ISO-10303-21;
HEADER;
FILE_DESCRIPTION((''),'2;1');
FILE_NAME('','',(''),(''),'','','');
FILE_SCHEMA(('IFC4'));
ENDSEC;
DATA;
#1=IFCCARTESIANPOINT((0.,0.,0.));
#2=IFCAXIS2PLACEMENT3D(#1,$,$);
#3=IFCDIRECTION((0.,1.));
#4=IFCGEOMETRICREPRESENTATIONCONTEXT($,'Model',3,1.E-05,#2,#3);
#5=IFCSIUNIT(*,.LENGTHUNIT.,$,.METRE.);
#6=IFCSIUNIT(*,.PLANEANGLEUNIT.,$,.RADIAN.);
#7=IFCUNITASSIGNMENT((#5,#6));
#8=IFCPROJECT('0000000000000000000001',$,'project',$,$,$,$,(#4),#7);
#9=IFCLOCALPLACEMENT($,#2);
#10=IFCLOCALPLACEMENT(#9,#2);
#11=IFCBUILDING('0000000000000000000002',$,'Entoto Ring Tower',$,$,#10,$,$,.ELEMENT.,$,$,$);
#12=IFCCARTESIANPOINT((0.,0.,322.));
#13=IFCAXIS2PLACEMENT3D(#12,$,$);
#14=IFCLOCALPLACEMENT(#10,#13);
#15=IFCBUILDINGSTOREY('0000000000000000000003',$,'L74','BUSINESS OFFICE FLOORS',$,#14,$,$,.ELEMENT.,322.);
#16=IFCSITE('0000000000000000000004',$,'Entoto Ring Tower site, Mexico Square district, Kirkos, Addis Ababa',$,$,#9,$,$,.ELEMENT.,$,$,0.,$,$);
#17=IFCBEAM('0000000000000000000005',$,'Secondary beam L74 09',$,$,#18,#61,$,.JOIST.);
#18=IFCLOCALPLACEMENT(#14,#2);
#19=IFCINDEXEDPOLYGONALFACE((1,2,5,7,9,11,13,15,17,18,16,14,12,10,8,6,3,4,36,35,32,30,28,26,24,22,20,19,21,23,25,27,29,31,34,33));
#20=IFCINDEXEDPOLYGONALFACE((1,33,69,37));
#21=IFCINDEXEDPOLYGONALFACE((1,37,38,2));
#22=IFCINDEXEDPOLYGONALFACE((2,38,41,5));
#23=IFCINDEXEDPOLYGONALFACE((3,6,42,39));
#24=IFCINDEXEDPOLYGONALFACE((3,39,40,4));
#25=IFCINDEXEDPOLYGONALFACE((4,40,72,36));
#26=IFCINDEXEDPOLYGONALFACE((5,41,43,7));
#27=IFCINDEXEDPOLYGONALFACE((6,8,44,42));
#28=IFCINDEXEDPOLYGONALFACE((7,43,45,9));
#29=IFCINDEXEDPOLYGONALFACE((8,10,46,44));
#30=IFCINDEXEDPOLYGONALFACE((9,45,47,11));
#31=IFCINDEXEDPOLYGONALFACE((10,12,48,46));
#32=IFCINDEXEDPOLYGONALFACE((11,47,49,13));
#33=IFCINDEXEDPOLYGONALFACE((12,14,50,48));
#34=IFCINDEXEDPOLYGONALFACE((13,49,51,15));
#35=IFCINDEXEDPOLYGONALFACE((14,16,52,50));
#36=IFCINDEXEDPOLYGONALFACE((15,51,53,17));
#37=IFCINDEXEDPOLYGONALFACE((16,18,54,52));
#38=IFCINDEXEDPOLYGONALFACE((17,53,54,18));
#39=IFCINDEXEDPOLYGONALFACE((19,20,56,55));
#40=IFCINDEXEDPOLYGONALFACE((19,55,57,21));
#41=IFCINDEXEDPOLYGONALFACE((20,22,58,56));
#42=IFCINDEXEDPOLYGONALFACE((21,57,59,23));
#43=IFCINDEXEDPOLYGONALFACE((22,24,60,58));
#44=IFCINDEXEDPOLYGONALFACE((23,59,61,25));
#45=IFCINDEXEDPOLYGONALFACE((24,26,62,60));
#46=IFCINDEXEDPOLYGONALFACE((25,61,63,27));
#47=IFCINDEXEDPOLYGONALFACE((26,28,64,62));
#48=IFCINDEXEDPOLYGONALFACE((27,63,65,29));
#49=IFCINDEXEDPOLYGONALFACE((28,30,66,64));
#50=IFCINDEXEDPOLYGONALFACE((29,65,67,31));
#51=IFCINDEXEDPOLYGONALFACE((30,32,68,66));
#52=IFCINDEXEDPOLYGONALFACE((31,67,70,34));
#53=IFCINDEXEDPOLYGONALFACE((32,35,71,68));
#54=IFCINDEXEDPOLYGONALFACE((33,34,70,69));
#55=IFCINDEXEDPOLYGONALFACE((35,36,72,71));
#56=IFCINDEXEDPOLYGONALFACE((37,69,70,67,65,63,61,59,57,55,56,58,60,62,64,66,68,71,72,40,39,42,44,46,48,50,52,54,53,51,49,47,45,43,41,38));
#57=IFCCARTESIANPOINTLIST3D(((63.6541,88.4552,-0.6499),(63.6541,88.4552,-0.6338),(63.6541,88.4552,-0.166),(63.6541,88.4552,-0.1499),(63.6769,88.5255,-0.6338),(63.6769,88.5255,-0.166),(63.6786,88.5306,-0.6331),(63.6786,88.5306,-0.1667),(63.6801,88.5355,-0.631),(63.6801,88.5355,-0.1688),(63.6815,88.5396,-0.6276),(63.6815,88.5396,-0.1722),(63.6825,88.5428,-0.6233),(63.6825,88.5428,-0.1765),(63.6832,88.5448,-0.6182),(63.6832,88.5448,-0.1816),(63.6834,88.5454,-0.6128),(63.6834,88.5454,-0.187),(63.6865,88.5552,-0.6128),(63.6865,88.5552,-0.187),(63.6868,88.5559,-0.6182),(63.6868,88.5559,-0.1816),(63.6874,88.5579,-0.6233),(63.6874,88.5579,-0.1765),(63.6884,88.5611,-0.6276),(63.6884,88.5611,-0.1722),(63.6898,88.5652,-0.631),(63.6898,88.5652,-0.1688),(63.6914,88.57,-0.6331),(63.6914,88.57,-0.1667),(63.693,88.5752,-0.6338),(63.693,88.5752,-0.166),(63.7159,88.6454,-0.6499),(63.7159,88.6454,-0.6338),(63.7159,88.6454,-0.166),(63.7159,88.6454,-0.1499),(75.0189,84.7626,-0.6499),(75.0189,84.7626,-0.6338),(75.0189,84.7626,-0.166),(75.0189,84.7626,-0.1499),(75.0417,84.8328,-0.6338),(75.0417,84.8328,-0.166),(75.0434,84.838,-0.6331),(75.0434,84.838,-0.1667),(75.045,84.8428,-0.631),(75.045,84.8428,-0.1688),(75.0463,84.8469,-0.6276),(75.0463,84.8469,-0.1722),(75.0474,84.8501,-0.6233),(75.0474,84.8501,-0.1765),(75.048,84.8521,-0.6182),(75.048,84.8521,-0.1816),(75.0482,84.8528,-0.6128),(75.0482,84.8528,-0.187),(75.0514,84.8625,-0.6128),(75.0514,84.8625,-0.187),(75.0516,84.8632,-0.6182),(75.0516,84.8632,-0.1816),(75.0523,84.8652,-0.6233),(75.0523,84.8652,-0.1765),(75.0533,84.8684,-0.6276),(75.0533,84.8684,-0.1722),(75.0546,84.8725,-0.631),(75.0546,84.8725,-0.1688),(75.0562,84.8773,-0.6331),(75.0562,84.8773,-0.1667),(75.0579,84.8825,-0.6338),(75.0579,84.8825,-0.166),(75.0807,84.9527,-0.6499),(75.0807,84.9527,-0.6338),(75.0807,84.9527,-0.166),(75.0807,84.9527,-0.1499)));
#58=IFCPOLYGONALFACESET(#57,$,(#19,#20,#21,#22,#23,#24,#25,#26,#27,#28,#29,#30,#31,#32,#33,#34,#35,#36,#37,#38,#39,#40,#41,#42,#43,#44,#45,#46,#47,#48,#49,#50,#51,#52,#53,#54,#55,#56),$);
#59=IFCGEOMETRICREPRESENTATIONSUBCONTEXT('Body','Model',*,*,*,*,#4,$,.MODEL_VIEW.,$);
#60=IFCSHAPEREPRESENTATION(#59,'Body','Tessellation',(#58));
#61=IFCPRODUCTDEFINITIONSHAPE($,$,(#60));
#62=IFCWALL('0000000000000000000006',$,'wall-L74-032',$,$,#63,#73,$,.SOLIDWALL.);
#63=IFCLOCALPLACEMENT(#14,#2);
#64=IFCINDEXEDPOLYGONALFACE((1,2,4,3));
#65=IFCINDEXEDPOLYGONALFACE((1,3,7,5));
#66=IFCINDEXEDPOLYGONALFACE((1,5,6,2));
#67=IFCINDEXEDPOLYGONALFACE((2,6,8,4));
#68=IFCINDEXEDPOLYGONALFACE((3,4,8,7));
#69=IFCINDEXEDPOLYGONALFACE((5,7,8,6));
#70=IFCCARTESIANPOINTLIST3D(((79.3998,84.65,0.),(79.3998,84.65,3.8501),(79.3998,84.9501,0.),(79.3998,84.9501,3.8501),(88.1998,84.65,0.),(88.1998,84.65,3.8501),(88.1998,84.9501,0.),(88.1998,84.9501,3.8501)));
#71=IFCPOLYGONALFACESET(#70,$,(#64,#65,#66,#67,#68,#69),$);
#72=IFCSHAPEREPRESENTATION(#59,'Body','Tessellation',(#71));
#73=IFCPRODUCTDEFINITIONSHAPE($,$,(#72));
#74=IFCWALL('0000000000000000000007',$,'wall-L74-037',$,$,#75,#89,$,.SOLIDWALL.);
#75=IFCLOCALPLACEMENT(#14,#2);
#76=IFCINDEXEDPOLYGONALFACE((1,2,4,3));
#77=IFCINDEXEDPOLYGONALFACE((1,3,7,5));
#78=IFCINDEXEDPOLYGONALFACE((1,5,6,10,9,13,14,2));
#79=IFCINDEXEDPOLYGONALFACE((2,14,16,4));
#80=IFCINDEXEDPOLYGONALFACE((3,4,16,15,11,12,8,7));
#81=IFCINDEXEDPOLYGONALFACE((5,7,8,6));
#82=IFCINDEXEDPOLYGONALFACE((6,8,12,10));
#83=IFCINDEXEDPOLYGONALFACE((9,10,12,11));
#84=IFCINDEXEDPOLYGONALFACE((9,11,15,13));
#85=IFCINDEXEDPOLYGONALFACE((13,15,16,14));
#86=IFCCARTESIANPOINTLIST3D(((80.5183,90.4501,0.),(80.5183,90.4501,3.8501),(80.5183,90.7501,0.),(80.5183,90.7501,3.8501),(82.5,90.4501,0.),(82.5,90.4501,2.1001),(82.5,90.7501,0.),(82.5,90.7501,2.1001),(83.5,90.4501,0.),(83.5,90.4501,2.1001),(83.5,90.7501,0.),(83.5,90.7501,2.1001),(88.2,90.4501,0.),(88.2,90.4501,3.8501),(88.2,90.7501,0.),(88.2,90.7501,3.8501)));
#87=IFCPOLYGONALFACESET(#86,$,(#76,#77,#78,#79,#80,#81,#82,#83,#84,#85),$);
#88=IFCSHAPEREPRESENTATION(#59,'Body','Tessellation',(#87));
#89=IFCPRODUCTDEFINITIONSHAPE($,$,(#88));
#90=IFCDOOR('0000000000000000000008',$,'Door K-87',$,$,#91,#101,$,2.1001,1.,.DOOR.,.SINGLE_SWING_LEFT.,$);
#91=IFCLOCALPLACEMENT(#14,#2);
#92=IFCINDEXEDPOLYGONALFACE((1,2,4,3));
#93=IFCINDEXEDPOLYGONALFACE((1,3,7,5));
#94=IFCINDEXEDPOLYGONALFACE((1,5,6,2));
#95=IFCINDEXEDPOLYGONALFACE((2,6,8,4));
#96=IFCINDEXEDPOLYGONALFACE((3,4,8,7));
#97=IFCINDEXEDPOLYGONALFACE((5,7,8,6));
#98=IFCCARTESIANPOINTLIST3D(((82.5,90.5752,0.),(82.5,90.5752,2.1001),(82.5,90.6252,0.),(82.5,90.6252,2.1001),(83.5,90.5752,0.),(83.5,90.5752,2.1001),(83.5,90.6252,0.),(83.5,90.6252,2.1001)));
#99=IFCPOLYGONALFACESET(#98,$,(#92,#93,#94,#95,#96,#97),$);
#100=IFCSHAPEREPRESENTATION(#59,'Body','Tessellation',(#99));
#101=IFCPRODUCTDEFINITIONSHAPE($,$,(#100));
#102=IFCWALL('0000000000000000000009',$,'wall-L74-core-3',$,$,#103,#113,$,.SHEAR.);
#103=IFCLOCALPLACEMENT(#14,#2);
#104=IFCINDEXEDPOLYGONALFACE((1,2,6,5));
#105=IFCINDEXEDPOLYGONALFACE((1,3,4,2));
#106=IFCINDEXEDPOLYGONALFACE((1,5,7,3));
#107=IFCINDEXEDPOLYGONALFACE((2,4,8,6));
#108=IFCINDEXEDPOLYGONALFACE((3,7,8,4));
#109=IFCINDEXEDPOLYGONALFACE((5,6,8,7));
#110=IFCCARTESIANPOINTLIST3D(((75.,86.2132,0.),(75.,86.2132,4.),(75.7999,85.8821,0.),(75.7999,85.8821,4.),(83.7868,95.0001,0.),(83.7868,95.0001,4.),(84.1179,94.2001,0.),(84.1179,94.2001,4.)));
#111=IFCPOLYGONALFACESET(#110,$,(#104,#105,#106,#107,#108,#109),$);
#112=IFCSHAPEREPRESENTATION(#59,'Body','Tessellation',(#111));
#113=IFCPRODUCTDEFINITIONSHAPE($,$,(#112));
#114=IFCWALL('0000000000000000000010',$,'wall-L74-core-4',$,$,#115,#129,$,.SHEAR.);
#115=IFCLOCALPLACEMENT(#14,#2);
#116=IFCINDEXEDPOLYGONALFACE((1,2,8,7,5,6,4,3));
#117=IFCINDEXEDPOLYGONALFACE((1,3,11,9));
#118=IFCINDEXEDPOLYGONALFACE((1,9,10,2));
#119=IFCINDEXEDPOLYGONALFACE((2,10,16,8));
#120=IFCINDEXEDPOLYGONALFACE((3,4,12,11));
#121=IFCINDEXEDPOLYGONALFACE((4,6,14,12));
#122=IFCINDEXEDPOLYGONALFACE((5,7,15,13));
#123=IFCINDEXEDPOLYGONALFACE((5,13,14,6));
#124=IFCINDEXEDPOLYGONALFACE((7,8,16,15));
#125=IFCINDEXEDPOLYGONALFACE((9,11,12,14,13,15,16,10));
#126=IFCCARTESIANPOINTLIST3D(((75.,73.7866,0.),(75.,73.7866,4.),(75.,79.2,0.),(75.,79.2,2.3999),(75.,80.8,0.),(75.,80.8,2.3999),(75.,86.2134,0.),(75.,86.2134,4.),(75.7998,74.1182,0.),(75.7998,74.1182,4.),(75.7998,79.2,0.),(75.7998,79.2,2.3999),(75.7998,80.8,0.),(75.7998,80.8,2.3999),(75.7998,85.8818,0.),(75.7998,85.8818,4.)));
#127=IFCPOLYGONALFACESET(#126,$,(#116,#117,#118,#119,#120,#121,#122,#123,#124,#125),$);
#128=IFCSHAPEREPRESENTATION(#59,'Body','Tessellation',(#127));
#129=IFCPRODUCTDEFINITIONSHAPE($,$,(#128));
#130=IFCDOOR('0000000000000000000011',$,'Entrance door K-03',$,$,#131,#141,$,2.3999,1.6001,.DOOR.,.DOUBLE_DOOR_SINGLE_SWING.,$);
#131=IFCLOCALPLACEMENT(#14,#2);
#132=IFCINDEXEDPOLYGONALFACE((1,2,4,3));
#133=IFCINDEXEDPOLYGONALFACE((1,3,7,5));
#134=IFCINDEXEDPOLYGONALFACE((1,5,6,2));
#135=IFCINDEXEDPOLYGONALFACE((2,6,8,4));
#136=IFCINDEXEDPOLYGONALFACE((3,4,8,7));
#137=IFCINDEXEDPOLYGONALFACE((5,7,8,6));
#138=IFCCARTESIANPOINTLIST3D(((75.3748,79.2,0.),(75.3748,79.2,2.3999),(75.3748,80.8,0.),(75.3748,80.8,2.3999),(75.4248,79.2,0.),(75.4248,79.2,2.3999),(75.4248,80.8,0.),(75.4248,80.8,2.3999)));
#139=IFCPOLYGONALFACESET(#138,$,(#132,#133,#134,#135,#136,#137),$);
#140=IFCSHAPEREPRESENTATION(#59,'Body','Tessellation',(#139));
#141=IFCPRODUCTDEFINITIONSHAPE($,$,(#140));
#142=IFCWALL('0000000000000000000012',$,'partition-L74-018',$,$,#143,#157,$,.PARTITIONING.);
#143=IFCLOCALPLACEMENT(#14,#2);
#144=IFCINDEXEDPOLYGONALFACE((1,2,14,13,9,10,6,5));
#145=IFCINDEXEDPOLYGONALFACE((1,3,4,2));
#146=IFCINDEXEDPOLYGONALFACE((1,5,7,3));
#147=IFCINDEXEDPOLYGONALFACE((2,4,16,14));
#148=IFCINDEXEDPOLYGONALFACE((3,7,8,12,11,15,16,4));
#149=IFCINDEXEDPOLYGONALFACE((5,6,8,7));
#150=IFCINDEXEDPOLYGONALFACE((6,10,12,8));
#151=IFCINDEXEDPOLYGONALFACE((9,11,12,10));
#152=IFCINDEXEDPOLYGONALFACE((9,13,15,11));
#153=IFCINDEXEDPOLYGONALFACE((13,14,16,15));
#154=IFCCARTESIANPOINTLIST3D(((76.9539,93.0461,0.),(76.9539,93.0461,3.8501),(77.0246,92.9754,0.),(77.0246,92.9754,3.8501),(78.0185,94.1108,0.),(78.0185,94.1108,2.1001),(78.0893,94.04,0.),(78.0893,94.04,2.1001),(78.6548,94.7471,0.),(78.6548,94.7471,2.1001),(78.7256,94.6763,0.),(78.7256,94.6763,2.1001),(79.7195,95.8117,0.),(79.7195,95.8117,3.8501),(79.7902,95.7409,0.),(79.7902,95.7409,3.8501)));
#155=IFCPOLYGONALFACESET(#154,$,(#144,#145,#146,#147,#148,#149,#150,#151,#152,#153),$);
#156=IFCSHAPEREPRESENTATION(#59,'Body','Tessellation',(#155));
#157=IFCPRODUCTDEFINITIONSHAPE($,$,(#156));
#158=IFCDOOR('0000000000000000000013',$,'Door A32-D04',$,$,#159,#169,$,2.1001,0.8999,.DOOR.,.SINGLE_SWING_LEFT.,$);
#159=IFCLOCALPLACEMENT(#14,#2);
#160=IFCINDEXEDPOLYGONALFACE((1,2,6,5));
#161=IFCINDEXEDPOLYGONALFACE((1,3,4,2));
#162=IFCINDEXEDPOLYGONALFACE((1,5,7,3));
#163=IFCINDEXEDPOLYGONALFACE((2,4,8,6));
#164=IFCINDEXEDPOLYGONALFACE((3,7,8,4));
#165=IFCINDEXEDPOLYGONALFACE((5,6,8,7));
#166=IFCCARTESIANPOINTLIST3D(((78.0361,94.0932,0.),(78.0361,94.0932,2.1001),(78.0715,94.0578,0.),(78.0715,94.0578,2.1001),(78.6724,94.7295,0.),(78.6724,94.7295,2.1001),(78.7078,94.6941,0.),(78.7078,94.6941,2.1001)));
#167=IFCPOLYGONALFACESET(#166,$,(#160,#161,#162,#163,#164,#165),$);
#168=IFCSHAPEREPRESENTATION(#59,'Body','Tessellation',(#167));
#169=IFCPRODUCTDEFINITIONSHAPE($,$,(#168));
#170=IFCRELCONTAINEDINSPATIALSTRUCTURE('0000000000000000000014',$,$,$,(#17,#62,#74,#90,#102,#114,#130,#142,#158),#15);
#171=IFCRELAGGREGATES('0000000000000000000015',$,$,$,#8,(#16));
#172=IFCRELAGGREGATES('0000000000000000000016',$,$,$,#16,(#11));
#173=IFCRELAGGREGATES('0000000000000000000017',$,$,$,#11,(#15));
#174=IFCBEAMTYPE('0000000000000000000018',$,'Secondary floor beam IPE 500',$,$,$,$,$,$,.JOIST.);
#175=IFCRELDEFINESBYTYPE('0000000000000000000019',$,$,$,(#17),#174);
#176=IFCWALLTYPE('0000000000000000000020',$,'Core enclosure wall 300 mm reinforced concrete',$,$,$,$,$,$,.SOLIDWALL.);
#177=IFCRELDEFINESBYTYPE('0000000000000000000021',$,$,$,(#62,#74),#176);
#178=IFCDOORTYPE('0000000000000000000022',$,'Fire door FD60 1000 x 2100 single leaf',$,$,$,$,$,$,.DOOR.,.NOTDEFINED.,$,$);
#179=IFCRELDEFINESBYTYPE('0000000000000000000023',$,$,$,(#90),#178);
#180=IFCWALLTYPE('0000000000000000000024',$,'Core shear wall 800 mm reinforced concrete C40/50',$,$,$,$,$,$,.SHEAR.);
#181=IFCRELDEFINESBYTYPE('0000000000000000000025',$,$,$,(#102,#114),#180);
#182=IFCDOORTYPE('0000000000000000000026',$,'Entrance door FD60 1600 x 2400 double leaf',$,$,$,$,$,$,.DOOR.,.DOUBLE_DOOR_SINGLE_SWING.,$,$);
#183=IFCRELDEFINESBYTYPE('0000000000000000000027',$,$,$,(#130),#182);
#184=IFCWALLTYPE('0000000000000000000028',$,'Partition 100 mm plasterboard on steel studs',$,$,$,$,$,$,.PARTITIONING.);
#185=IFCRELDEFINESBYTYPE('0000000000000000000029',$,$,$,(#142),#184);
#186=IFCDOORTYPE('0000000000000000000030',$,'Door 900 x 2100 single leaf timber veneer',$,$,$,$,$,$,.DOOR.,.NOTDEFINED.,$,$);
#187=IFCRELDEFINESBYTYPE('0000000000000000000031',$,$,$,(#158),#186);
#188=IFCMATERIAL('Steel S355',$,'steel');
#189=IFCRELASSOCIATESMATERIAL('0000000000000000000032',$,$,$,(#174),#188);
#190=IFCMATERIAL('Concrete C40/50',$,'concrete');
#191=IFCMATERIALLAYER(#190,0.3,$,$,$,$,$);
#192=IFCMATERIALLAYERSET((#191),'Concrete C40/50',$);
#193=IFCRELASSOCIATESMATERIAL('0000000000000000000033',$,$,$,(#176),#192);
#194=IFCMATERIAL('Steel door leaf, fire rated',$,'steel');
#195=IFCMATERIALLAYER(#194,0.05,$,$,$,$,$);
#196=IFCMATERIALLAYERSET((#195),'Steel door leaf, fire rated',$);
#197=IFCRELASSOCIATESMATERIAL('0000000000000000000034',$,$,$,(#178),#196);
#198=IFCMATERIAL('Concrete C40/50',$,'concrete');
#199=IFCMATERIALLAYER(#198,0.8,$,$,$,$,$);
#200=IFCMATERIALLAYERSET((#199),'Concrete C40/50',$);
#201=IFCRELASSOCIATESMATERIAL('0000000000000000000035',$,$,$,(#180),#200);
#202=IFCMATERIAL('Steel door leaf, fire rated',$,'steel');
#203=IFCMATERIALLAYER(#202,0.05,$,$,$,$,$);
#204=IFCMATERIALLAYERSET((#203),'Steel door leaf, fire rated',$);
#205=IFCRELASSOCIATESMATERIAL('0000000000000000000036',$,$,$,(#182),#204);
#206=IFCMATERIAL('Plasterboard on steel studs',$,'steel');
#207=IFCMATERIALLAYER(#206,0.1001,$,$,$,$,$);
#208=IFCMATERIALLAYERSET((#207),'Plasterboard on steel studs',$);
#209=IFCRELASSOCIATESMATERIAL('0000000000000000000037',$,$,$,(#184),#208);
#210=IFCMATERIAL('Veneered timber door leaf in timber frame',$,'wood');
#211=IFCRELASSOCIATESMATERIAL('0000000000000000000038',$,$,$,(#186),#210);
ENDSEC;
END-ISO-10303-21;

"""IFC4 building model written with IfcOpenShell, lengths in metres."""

from ifc_helpers import new_model, si_unit, direction, frame, frame_2d, origin, origin_2d, place, context, subcontext, project, spatial, polyline, rectangle, i_section, outline, extrude, material, layer, layer_set, material_profile, profile_set, type_object, element, fill, save


model = new_model("IFC4")

# Units and contexts
model_context = context("Model", 3, precision=1e-05, world=origin(), true_north=direction((0.0, 1.0)))
body_context = subcontext(model_context, "Body", "Model", "MODEL_VIEW")
ifc_project = project(units=[si_unit("LENGTHUNIT", "METRE"), si_unit("PLANEANGLEUNIT", "RADIAN")], contexts=[model_context])

# Site, building, storey
site_placement = place(None, origin())
site = spatial("IfcSite", under=ifc_project, at=site_placement, Name="Entoto Ring Tower site, Mexico Square district, Kirkos, Addis Ababa", CompositionType="ELEMENT", RefElevation=0.0)
building_placement = place(site_placement, origin())
building = spatial("IfcBuilding", under=site, at=building_placement, Name="Entoto Ring Tower", CompositionType="ELEMENT")
storey_placement = place(building_placement, frame((0.0, 0.0, 322.0)))
storey = spatial("IfcBuildingStorey", under=building, at=storey_placement, Name="L74", Description="BUSINESS OFFICE FLOORS", CompositionType="ELEMENT", Elevation=322.0)

# Beam
ifc_material_1 = material(Name="Steel S355", Category="steel")
ifc_material_profile_1 = material_profile(ifc_material_1, i_section(OverallWidth=0.2, OverallDepth=0.5, WebThickness=0.0103, FlangeThickness=0.0161, FilletRadius=0.021, at=origin_2d()), Name="IPE 500")
ifc_profile_set_1 = profile_set([ifc_material_profile_1], Name="Steel S355")
beam_type_1 = type_object("IfcBeamType", Name="Secondary floor beam IPE 500", PredefinedType="JOIST", material=ifc_profile_set_1)
beam_1_placement = place(storey_placement, frame((75.0498, 84.8577, -0.3999), z_axis=(-0.951057, 0.309017, 0.0), x_axis=(-0.309017, -0.951057, 0.0)))
element("IfcBeam", 1, at=beam_1_placement, inside=storey, type_object=beam_type_1, Name="Secondary beam L74 09", PredefinedType="JOIST", context=body_context, shape_type="SweptSolid", body=[
    extrude(i_section(OverallWidth=0.2, OverallDepth=0.5, WebThickness=0.0103, FlangeThickness=0.0161, FilletRadius=0.021, at=origin_2d()), origin(), (0.0, 0.0, 1.0), 11.9497),
])

# Wall
ifc_material_2 = material(Name="Concrete C40/50", Category="concrete")
ifc_layer_1 = layer(ifc_material_2, 0.3)
ifc_layer_set_1 = layer_set([ifc_layer_1], Name="Concrete C40/50")
wall_type_1 = type_object("IfcWallType", Name="Core enclosure wall 300 mm reinforced concrete", PredefinedType="SOLIDWALL", material=ifc_layer_set_1)
wall_1_placement = place(storey_placement, frame((79.3999, 84.8, 0.0), z_axis=(0.0, 0.0, 1.0), x_axis=(1.0, 0.0, 0.0)))
element("IfcWall", 2, at=wall_1_placement, inside=storey, type_object=wall_type_1, Name="wall-L74-032", PredefinedType="SOLIDWALL", context=body_context, shape_type="SweptSolid", body=[
    extrude(rectangle(XDim=8.8, YDim=0.3, at=frame_2d((4.3999, 0.0))), origin(), (0.0, 0.0, 1.0), 3.8501),
])

# Wall, opening, door
wall_2_placement = place(storey_placement, frame((80.5183, 90.6001, 0.0), z_axis=(0.0, 0.0, 1.0), x_axis=(1.0, 0.0, 0.0)))
wall_2 = element("IfcWall", 3, at=wall_2_placement, inside=storey, type_object=wall_type_1, Name="wall-L74-037", PredefinedType="SOLIDWALL", context=body_context, shape_type="SweptSolid", body=[
    extrude(rectangle(XDim=7.6816, YDim=0.3, at=frame_2d((3.8408, 0.0))), origin(), (0.0, 0.0, 1.0), 3.8501),
])
opening_1_placement = place(wall_2_placement, frame((1.9817, 0.0, 0.0)))
opening_1 = element("IfcOpeningElement", 4, at=opening_1_placement, cuts=wall_2, PredefinedType="OPENING", context=body_context, shape_type="SweptSolid", body=[
    extrude(rectangle(XDim=1.0, YDim=2.1001, at=frame_2d((0.5, 1.05))), frame((0.0, 0.1602, 0.0), z_axis=(0.0, -1.0, 0.0), x_axis=(1.0, 0.0, 0.0)), (0.0, 0.0, 1.0), 0.3201),
])
ifc_material_3 = material(Name="Steel door leaf, fire rated", Category="steel")
ifc_layer_2 = layer(ifc_material_3, 0.05)
ifc_layer_set_2 = layer_set([ifc_layer_2], Name="Steel door leaf, fire rated")
door_type_1 = type_object("IfcDoorType", Name="Fire door FD60 1000 x 2100 single leaf", OperationType="NOTDEFINED", PredefinedType="DOOR", material=ifc_layer_set_2)
door_1_placement = place(opening_1_placement, frame((1.0, 0.0, 0.0), z_axis=(0.0, 0.0, 1.0), x_axis=(-1.0, 0.0, 0.0)))
door_1 = element("IfcDoor", 5, at=door_1_placement, inside=storey, type_object=door_type_1, Name="Door K-87", OperationType="SINGLE_SWING_LEFT", OverallHeight=2.1001, OverallWidth=1.0, PredefinedType="DOOR", context=body_context, shape_type="SweptSolid", body=[
    extrude(rectangle(XDim=1.0, YDim=2.1001, at=frame_2d((0.5, 1.05))), frame((0.0, 0.0249, 0.0), z_axis=(0.0, -1.0, 0.0), x_axis=(1.0, 0.0, 0.0)), (0.0, 0.0, 1.0), 0.05),
])
fill(opening_1, door_1)

# Wall
ifc_material_4 = material(Name="Concrete C40/50", Category="concrete")
ifc_layer_3 = layer(ifc_material_4, 0.8)
ifc_layer_set_3 = layer_set([ifc_layer_3], Name="Concrete C40/50")
wall_type_2 = type_object("IfcWallType", Name="Core shear wall 800 mm reinforced concrete C40/50", PredefinedType="SHEAR", material=ifc_layer_set_3)
wall_3_placement = place(storey_placement, frame((83.9524, 94.6001, 0.0), z_axis=(0.0, 0.0, 1.0), x_axis=(-0.707107, -0.707107, 0.0)))
element("IfcWall", 6, at=wall_3_placement, inside=storey, type_object=wall_type_2, Name="wall-L74-core-3", PredefinedType="SHEAR", context=body_context, shape_type="SweptSolid", body=[
    extrude(outline(polyline([(-0.1658, -0.3999), (12.2607, -0.3999), (11.9292, 0.3999), (0.1658, 0.3999), (-0.1658, -0.3999)])), origin(), (0.0, 0.0, 1.0), 4.0),
])

# Walls, openings, doors
wall_4_placement = place(storey_placement, frame((75.3999, 86.0476, 0.0), z_axis=(0.0, 0.0, 1.0), x_axis=(0.0, -1.0, 0.0)))
wall_4 = element("IfcWall", 7, at=wall_4_placement, inside=storey, type_object=wall_type_2, Name="wall-L74-core-4", PredefinedType="SHEAR", context=body_context, shape_type="SweptSolid", body=[
    extrude(outline(polyline([(-0.1658, -0.3999), (12.261, -0.3999), (11.9294, 0.3999), (0.1658, 0.3999), (-0.1658, -0.3999)])), origin(), (0.0, 0.0, 1.0), 4.0),
])
opening_2_placement = place(wall_4_placement, frame((5.2476, 0.0, 0.0)))
opening_2 = element("IfcOpeningElement", 8, at=opening_2_placement, cuts=wall_4, PredefinedType="OPENING", context=body_context, shape_type="SweptSolid", body=[
    extrude(rectangle(XDim=1.6001, YDim=2.3999, at=frame_2d((0.8, 1.2))), frame((0.0, 0.4102, 0.0), z_axis=(0.0, -1.0, 0.0), x_axis=(1.0, 0.0, 0.0)), (0.0, 0.0, 1.0), 0.8201),
])
ifc_material_5 = material(Name="Steel door leaf, fire rated", Category="steel")
ifc_layer_4 = layer(ifc_material_5, 0.05)
ifc_layer_set_4 = layer_set([ifc_layer_4], Name="Steel door leaf, fire rated")
door_type_2 = type_object("IfcDoorType", Name="Entrance door FD60 1600 x 2400 double leaf", OperationType="DOUBLE_DOOR_SINGLE_SWING", PredefinedType="DOOR", material=ifc_layer_set_4)
door_2_placement = place(opening_2_placement, origin())
door_2 = element("IfcDoor", 9, at=door_2_placement, inside=storey, type_object=door_type_2, Name="Entrance door K-03", OperationType="DOUBLE_DOOR_SINGLE_SWING", OverallHeight=2.3999, OverallWidth=1.6001, PredefinedType="DOOR", context=body_context, shape_type="SweptSolid", body=[
    extrude(rectangle(XDim=1.6001, YDim=2.3999, at=frame_2d((0.8, 1.2))), frame((0.0, 0.0249, 0.0), z_axis=(0.0, -1.0, 0.0), x_axis=(1.0, 0.0, 0.0)), (0.0, 0.0, 1.0), 0.05),
])
fill(opening_2, door_2)
ifc_material_6 = material(Name="Plasterboard on steel studs", Category="steel")
ifc_layer_5 = layer(ifc_material_6, 0.1001)
ifc_layer_set_5 = layer_set([ifc_layer_5], Name="Plasterboard on steel studs")
wall_type_3 = type_object("IfcWallType", Name="Partition 100 mm plasterboard on steel studs", PredefinedType="PARTITIONING", material=ifc_layer_set_5)
wall_5_placement = place(storey_placement, frame((76.9893, 93.0107, 0.0), z_axis=(0.0, 0.0, 1.0), x_axis=(0.707107, 0.707107, 0.0)))
wall_5 = element("IfcWall", 10, at=wall_5_placement, inside=storey, type_object=wall_type_3, Name="partition-L74-018", PredefinedType="PARTITIONING", context=body_context, shape_type="SweptSolid", body=[
    extrude(rectangle(XDim=3.9111, YDim=0.1001, at=frame_2d((1.9556, 0.0))), origin(), (0.0, 0.0, 1.0), 3.8501),
])
opening_3_placement = place(wall_5_placement, frame((1.5056, 0.0, 0.0)))
opening_3 = element("IfcOpeningElement", 11, at=opening_3_placement, cuts=wall_5, PredefinedType="OPENING", context=body_context, shape_type="SweptSolid", body=[
    extrude(rectangle(XDim=0.8999, YDim=2.1001, at=frame_2d((0.45, 1.05))), frame((0.0, 0.0601, 0.0), z_axis=(0.0, -1.0, 0.0), x_axis=(1.0, 0.0, 0.0)), (0.0, 0.0, 1.0), 0.1201),
])
ifc_material_7 = material(Name="Veneered timber door leaf in timber frame", Category="wood")
door_type_3 = type_object("IfcDoorType", Name="Door 900 x 2100 single leaf timber veneer", OperationType="NOTDEFINED", PredefinedType="DOOR", material=ifc_material_7)
door_3_placement = place(opening_3_placement, frame((0.8999, 0.0, 0.0), z_axis=(0.0, 0.0, 1.0), x_axis=(-1.0, 0.0, 0.0)))
door_3 = element("IfcDoor", 12, at=door_3_placement, inside=storey, type_object=door_type_3, Name="Door A32-D04", OperationType="SINGLE_SWING_LEFT", OverallHeight=2.1001, OverallWidth=0.8999, PredefinedType="DOOR", context=body_context, shape_type="SweptSolid", body=[
    extrude(rectangle(XDim=0.8999, YDim=2.1001, at=frame_2d((0.45, 1.05))), frame((0.0, 0.0249, 0.0), z_axis=(0.0, -1.0, 0.0), x_axis=(1.0, 0.0, 0.0)), (0.0, 0.0, 1.0), 0.05),
])
fill(opening_3, door_3)

save(model, "model.ifc")
